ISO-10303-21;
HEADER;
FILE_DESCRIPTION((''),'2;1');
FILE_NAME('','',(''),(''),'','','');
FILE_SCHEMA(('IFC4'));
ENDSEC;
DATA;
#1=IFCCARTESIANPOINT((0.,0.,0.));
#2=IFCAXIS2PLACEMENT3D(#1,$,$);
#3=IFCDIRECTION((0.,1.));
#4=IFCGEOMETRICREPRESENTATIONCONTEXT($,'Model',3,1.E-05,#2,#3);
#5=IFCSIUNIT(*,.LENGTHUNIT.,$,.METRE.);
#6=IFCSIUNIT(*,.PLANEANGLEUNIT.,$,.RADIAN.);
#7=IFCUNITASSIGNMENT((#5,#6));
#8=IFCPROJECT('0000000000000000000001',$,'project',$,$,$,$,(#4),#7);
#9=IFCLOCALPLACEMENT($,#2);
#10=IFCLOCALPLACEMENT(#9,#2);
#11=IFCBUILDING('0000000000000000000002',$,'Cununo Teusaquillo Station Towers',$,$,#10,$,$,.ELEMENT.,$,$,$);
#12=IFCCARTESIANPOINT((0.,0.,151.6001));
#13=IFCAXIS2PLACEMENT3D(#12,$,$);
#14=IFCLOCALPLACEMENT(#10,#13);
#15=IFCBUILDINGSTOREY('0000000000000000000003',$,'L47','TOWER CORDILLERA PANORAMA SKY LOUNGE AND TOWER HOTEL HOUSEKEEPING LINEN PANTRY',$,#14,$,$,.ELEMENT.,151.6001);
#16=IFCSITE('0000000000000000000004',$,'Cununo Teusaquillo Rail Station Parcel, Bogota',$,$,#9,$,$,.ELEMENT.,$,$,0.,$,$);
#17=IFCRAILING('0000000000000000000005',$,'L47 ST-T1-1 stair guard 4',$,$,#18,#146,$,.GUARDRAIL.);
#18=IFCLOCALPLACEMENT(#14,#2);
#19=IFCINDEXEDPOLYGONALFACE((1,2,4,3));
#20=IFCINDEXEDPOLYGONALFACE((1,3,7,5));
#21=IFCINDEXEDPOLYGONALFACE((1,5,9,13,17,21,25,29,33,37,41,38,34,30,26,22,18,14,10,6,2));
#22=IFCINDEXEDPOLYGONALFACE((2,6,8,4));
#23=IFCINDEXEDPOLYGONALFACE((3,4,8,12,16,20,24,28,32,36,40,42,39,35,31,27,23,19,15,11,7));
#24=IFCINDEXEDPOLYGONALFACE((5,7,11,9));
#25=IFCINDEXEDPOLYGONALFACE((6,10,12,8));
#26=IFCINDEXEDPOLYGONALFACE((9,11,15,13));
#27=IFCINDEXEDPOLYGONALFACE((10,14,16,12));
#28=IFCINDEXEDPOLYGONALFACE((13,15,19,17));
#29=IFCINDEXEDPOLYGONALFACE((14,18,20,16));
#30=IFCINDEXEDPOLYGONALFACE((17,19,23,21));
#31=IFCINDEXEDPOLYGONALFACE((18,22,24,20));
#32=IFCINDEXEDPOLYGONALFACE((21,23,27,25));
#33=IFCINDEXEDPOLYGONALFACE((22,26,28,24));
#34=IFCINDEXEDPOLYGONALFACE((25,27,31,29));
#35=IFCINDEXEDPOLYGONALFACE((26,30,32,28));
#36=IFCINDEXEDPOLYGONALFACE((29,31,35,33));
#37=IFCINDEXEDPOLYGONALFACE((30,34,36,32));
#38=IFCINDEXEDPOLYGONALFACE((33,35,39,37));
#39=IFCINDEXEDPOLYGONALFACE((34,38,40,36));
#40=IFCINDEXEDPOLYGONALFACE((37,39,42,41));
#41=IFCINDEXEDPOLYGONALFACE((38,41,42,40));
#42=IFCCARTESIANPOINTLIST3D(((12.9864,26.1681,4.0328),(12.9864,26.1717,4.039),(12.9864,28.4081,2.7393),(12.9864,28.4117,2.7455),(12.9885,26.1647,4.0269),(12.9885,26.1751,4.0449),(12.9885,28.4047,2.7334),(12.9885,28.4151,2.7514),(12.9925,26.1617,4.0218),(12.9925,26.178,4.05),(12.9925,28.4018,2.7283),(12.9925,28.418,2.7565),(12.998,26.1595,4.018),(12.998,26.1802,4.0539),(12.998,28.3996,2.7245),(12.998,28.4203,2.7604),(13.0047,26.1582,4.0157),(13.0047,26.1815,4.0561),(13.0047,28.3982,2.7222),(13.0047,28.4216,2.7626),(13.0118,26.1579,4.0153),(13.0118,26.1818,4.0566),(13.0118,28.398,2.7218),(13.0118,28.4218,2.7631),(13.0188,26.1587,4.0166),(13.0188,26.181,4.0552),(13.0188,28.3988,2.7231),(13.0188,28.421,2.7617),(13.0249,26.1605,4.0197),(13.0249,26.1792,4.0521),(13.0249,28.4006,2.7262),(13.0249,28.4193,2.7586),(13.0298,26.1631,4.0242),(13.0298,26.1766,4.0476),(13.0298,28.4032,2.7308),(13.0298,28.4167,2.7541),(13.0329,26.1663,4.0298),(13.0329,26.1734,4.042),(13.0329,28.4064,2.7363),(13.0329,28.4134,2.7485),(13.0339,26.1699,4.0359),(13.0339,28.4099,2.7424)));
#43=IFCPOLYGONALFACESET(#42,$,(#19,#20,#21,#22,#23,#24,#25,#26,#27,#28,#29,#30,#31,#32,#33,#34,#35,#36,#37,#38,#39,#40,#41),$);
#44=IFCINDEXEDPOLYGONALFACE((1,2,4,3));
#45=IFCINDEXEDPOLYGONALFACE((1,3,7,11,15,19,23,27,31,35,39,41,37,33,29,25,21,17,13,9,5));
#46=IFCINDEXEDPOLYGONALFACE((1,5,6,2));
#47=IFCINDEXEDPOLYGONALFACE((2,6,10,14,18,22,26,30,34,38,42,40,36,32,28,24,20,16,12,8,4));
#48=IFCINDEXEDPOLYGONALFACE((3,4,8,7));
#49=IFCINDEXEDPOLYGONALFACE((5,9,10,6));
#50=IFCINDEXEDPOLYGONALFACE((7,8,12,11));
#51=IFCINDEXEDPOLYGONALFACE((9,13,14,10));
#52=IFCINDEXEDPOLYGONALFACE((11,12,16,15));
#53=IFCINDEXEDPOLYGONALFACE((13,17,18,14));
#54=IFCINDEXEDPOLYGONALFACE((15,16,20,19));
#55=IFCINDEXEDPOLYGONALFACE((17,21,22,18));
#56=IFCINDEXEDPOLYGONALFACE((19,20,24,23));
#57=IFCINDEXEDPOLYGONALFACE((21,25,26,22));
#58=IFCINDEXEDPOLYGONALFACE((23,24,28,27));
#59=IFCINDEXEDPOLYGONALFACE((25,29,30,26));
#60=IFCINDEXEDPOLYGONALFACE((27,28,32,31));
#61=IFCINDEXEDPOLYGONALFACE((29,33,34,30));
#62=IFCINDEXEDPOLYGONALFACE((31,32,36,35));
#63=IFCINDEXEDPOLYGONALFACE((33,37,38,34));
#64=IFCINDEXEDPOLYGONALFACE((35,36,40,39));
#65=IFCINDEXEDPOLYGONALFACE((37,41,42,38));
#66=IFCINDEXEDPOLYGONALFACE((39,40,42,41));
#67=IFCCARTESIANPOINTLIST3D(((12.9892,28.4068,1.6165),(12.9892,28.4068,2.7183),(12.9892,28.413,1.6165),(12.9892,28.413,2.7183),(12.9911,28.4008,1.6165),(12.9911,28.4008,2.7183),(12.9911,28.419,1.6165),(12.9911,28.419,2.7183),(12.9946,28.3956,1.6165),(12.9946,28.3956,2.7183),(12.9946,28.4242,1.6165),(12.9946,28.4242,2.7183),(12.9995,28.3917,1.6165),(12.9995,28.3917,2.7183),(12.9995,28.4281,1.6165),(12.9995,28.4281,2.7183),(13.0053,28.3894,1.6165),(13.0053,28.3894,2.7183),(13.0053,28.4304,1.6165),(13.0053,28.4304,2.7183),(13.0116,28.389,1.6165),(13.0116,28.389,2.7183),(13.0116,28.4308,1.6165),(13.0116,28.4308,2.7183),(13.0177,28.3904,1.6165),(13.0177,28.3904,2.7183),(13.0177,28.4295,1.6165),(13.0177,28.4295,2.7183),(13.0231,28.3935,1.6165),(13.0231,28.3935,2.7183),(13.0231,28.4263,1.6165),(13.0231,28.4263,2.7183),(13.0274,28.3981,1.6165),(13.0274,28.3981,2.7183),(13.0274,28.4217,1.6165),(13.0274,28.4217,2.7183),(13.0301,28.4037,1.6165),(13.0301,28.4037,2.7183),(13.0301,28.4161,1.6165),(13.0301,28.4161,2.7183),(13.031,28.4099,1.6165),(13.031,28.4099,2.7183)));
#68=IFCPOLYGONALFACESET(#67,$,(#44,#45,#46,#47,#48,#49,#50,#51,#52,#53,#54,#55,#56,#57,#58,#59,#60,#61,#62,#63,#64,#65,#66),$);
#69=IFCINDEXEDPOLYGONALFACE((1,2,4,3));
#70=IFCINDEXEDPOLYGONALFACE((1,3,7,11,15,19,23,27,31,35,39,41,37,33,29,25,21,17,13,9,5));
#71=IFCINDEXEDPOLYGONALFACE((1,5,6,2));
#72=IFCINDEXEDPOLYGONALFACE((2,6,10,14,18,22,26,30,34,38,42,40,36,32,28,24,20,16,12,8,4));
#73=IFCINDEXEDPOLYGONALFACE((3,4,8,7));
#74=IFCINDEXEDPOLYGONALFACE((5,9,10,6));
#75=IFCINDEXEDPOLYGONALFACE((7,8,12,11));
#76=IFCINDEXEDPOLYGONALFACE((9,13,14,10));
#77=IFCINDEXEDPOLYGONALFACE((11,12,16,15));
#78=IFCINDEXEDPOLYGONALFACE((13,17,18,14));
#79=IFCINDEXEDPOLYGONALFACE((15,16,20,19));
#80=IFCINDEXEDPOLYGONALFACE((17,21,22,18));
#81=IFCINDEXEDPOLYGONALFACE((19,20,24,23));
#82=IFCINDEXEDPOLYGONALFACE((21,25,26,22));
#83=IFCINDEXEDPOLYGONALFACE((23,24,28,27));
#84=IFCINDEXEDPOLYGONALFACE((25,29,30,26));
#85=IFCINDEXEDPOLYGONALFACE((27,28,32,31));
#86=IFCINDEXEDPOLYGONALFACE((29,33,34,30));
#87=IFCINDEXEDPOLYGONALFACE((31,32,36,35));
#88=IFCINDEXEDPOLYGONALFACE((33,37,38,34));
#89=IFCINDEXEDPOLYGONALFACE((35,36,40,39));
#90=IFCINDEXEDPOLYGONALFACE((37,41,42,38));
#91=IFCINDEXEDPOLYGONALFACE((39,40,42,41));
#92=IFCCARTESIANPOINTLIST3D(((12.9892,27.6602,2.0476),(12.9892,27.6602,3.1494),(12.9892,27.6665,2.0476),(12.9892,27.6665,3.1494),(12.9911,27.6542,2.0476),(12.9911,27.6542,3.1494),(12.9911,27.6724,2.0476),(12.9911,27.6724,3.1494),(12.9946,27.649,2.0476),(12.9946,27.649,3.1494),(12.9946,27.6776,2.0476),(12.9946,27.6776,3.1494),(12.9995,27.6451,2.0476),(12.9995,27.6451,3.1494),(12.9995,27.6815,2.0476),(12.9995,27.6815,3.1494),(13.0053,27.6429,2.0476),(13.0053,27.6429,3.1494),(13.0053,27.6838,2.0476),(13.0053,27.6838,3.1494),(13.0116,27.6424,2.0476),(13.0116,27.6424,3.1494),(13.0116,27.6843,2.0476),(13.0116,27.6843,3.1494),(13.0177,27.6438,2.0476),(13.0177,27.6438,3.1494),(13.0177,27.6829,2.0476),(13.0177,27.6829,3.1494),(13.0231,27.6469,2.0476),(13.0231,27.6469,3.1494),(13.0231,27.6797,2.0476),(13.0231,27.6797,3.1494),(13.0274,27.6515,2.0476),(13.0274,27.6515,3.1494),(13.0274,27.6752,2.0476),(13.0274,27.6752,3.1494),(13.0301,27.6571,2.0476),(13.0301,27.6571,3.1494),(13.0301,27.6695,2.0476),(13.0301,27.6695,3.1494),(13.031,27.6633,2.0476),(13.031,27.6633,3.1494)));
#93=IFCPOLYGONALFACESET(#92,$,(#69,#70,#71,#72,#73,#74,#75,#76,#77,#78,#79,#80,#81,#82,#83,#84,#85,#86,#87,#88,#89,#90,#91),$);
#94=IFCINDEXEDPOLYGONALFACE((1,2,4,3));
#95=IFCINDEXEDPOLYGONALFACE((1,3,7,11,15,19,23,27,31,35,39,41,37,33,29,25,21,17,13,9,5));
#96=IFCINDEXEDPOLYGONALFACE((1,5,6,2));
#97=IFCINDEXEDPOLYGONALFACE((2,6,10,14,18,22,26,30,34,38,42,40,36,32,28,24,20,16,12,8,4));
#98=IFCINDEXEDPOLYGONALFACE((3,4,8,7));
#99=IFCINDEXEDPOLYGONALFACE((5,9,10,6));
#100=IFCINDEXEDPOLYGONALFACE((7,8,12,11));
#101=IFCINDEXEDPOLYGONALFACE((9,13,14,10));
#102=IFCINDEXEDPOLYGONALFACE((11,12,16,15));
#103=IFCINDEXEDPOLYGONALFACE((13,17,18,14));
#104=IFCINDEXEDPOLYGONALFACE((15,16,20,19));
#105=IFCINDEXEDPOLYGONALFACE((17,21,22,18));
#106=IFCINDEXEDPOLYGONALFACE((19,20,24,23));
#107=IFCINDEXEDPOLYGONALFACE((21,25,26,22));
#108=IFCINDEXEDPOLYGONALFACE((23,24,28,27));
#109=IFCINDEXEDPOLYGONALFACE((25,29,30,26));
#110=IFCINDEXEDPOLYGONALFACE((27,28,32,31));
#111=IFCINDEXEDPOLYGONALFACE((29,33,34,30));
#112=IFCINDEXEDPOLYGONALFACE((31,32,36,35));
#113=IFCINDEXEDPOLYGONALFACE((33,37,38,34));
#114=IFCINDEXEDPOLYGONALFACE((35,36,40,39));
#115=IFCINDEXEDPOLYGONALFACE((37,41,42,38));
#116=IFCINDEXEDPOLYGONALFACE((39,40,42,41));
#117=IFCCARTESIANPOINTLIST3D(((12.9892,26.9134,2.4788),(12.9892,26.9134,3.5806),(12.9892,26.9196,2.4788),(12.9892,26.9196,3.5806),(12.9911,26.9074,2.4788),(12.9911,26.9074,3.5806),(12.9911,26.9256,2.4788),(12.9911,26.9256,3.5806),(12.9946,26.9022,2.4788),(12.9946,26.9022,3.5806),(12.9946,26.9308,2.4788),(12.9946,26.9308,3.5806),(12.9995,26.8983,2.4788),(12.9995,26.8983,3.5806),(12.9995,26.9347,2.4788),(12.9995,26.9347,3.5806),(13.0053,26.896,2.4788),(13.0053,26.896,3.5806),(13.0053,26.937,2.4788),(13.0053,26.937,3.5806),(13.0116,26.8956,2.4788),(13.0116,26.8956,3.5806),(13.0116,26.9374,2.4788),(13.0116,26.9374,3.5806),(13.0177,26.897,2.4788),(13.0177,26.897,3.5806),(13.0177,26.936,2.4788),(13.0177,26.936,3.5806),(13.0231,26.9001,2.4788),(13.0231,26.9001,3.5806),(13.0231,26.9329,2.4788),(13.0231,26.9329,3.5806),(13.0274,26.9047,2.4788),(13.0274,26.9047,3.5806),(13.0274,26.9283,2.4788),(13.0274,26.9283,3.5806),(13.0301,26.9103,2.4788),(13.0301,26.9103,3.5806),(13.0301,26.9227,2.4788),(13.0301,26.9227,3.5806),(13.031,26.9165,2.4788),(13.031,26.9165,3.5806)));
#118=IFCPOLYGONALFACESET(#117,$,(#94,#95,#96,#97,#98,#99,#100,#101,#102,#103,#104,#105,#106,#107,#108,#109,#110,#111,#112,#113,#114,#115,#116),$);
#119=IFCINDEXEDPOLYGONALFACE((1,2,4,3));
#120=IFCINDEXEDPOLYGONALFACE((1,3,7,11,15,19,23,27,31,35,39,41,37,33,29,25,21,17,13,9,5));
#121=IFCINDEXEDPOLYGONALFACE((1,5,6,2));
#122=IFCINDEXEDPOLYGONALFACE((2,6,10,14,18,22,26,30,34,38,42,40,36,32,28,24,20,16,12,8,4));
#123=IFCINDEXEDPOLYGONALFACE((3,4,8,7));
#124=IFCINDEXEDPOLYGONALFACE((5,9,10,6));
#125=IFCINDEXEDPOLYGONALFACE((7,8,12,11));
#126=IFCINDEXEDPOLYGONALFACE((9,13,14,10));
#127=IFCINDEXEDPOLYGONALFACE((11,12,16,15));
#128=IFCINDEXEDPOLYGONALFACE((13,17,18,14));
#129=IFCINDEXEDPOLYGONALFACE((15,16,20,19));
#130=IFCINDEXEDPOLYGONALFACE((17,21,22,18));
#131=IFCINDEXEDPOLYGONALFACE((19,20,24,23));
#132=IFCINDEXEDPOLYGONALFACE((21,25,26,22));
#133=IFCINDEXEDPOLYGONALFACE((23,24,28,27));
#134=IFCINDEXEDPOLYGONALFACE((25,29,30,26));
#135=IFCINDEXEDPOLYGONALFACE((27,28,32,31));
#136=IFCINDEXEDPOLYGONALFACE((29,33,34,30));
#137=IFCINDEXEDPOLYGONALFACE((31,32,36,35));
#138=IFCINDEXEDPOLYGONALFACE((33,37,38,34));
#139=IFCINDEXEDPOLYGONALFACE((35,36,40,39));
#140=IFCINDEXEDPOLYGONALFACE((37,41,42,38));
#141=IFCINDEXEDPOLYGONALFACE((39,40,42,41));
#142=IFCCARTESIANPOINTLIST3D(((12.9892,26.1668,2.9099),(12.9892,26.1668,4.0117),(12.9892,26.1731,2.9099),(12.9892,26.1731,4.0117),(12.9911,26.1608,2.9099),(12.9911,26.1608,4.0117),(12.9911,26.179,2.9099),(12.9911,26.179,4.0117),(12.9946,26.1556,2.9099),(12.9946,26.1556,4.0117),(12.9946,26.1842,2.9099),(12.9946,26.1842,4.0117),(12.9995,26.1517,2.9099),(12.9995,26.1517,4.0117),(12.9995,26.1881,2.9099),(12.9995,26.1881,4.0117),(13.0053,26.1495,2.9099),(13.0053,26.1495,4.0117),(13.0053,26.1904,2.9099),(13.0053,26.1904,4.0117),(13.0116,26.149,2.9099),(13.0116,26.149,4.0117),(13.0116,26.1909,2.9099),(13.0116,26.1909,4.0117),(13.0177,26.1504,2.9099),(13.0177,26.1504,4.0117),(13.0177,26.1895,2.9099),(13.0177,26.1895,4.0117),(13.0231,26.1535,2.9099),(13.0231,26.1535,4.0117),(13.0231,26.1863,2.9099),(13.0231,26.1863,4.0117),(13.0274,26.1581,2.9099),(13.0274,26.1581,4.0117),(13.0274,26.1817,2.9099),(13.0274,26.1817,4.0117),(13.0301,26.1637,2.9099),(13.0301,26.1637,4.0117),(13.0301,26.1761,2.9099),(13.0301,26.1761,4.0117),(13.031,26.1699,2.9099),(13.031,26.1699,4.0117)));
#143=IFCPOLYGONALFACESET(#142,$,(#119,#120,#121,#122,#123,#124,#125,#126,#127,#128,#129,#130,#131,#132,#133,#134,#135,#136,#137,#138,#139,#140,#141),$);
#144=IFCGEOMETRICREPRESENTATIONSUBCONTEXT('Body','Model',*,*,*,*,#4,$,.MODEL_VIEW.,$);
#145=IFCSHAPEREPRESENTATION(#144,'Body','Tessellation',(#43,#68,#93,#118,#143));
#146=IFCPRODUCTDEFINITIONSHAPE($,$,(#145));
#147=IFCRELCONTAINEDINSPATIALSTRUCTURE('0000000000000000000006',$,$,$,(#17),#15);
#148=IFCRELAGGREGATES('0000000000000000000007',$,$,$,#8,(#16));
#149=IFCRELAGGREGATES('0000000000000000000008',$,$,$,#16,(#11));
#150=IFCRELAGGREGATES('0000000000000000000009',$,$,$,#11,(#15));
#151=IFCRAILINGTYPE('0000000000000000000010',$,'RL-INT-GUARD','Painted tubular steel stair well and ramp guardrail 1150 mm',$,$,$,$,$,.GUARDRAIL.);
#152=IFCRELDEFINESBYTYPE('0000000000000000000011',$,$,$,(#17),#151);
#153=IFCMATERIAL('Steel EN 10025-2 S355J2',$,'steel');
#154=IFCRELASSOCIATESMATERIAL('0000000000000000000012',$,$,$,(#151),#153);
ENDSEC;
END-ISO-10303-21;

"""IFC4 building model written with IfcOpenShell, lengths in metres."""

from ifc_helpers import new_model, si_unit, direction, frame, origin, origin_2d, place, context, subcontext, project, spatial, circle, extrude, material, type_object, element, save


model = new_model("IFC4")

# Units and contexts
model_context = context("Model", 3, precision=1e-05, world=origin(), true_north=direction((0.0, 1.0)))
body_context = subcontext(model_context, "Body", "Model", "MODEL_VIEW")
ifc_project = project(units=[si_unit("LENGTHUNIT", "METRE"), si_unit("PLANEANGLEUNIT", "RADIAN")], contexts=[model_context])

# Site, building, storey
site_placement = place(None, origin())
site = spatial("IfcSite", under=ifc_project, at=site_placement, Name="Cununo Teusaquillo Rail Station Parcel, Bogota", CompositionType="ELEMENT", RefElevation=0.0)
building_placement = place(site_placement, origin())
building = spatial("IfcBuilding", under=site, at=building_placement, Name="Cununo Teusaquillo Station Towers", CompositionType="ELEMENT")
storey_placement = place(building_placement, frame((0.0, 0.0, 151.6001)))
storey = spatial("IfcBuildingStorey", under=building, at=storey_placement, Name="L47", Description="TOWER CORDILLERA PANORAMA SKY LOUNGE AND TOWER HOTEL HOUSEKEEPING LINEN PANTRY", CompositionType="ELEMENT", Elevation=151.6001)

# Railing
ifc_material_1 = material(Name="Steel EN 10025-2 S355J2", Category="steel")
railing_type_1 = type_object("IfcRailingType", Name="RL-INT-GUARD", Description="Painted tubular steel stair well and ramp guardrail 1150 mm", PredefinedType="GUARDRAIL", material=ifc_material_1)
railing_1_placement = place(storey_placement, frame((13.01, 28.4099, 1.6165)))
element("IfcRailing", 1, at=railing_1_placement, inside=storey, type_object=railing_type_1, Name="L47 ST-T1-1 stair guard 4", PredefinedType="GUARDRAIL", context=body_context, shape_type="SweptSolid", body=[
    extrude(circle(Radius=0.0239, at=origin_2d()), frame((0.0, 0.0, 1.126), z_axis=(0.0, -0.865992, 0.500057), x_axis=(1.0, 0.0, 0.0)), (0.0, 0.0, 1.0), 2.5867),
    extrude(circle(Radius=0.021, at=origin_2d()), origin(), (0.0, 0.0, 1.0), 1.1018),
    extrude(circle(Radius=0.021, at=origin_2d()), frame((0.0, -0.7466, 0.4312)), (0.0, 0.0, 1.0), 1.1018),
    extrude(circle(Radius=0.021, at=origin_2d()), frame((0.0, -1.4934, 0.8623)), (0.0, 0.0, 1.0), 1.1018),
    extrude(circle(Radius=0.021, at=origin_2d()), frame((0.0, -2.24, 1.2935)), (0.0, 0.0, 1.0), 1.1018),
])

save(model, "model.ifc")
